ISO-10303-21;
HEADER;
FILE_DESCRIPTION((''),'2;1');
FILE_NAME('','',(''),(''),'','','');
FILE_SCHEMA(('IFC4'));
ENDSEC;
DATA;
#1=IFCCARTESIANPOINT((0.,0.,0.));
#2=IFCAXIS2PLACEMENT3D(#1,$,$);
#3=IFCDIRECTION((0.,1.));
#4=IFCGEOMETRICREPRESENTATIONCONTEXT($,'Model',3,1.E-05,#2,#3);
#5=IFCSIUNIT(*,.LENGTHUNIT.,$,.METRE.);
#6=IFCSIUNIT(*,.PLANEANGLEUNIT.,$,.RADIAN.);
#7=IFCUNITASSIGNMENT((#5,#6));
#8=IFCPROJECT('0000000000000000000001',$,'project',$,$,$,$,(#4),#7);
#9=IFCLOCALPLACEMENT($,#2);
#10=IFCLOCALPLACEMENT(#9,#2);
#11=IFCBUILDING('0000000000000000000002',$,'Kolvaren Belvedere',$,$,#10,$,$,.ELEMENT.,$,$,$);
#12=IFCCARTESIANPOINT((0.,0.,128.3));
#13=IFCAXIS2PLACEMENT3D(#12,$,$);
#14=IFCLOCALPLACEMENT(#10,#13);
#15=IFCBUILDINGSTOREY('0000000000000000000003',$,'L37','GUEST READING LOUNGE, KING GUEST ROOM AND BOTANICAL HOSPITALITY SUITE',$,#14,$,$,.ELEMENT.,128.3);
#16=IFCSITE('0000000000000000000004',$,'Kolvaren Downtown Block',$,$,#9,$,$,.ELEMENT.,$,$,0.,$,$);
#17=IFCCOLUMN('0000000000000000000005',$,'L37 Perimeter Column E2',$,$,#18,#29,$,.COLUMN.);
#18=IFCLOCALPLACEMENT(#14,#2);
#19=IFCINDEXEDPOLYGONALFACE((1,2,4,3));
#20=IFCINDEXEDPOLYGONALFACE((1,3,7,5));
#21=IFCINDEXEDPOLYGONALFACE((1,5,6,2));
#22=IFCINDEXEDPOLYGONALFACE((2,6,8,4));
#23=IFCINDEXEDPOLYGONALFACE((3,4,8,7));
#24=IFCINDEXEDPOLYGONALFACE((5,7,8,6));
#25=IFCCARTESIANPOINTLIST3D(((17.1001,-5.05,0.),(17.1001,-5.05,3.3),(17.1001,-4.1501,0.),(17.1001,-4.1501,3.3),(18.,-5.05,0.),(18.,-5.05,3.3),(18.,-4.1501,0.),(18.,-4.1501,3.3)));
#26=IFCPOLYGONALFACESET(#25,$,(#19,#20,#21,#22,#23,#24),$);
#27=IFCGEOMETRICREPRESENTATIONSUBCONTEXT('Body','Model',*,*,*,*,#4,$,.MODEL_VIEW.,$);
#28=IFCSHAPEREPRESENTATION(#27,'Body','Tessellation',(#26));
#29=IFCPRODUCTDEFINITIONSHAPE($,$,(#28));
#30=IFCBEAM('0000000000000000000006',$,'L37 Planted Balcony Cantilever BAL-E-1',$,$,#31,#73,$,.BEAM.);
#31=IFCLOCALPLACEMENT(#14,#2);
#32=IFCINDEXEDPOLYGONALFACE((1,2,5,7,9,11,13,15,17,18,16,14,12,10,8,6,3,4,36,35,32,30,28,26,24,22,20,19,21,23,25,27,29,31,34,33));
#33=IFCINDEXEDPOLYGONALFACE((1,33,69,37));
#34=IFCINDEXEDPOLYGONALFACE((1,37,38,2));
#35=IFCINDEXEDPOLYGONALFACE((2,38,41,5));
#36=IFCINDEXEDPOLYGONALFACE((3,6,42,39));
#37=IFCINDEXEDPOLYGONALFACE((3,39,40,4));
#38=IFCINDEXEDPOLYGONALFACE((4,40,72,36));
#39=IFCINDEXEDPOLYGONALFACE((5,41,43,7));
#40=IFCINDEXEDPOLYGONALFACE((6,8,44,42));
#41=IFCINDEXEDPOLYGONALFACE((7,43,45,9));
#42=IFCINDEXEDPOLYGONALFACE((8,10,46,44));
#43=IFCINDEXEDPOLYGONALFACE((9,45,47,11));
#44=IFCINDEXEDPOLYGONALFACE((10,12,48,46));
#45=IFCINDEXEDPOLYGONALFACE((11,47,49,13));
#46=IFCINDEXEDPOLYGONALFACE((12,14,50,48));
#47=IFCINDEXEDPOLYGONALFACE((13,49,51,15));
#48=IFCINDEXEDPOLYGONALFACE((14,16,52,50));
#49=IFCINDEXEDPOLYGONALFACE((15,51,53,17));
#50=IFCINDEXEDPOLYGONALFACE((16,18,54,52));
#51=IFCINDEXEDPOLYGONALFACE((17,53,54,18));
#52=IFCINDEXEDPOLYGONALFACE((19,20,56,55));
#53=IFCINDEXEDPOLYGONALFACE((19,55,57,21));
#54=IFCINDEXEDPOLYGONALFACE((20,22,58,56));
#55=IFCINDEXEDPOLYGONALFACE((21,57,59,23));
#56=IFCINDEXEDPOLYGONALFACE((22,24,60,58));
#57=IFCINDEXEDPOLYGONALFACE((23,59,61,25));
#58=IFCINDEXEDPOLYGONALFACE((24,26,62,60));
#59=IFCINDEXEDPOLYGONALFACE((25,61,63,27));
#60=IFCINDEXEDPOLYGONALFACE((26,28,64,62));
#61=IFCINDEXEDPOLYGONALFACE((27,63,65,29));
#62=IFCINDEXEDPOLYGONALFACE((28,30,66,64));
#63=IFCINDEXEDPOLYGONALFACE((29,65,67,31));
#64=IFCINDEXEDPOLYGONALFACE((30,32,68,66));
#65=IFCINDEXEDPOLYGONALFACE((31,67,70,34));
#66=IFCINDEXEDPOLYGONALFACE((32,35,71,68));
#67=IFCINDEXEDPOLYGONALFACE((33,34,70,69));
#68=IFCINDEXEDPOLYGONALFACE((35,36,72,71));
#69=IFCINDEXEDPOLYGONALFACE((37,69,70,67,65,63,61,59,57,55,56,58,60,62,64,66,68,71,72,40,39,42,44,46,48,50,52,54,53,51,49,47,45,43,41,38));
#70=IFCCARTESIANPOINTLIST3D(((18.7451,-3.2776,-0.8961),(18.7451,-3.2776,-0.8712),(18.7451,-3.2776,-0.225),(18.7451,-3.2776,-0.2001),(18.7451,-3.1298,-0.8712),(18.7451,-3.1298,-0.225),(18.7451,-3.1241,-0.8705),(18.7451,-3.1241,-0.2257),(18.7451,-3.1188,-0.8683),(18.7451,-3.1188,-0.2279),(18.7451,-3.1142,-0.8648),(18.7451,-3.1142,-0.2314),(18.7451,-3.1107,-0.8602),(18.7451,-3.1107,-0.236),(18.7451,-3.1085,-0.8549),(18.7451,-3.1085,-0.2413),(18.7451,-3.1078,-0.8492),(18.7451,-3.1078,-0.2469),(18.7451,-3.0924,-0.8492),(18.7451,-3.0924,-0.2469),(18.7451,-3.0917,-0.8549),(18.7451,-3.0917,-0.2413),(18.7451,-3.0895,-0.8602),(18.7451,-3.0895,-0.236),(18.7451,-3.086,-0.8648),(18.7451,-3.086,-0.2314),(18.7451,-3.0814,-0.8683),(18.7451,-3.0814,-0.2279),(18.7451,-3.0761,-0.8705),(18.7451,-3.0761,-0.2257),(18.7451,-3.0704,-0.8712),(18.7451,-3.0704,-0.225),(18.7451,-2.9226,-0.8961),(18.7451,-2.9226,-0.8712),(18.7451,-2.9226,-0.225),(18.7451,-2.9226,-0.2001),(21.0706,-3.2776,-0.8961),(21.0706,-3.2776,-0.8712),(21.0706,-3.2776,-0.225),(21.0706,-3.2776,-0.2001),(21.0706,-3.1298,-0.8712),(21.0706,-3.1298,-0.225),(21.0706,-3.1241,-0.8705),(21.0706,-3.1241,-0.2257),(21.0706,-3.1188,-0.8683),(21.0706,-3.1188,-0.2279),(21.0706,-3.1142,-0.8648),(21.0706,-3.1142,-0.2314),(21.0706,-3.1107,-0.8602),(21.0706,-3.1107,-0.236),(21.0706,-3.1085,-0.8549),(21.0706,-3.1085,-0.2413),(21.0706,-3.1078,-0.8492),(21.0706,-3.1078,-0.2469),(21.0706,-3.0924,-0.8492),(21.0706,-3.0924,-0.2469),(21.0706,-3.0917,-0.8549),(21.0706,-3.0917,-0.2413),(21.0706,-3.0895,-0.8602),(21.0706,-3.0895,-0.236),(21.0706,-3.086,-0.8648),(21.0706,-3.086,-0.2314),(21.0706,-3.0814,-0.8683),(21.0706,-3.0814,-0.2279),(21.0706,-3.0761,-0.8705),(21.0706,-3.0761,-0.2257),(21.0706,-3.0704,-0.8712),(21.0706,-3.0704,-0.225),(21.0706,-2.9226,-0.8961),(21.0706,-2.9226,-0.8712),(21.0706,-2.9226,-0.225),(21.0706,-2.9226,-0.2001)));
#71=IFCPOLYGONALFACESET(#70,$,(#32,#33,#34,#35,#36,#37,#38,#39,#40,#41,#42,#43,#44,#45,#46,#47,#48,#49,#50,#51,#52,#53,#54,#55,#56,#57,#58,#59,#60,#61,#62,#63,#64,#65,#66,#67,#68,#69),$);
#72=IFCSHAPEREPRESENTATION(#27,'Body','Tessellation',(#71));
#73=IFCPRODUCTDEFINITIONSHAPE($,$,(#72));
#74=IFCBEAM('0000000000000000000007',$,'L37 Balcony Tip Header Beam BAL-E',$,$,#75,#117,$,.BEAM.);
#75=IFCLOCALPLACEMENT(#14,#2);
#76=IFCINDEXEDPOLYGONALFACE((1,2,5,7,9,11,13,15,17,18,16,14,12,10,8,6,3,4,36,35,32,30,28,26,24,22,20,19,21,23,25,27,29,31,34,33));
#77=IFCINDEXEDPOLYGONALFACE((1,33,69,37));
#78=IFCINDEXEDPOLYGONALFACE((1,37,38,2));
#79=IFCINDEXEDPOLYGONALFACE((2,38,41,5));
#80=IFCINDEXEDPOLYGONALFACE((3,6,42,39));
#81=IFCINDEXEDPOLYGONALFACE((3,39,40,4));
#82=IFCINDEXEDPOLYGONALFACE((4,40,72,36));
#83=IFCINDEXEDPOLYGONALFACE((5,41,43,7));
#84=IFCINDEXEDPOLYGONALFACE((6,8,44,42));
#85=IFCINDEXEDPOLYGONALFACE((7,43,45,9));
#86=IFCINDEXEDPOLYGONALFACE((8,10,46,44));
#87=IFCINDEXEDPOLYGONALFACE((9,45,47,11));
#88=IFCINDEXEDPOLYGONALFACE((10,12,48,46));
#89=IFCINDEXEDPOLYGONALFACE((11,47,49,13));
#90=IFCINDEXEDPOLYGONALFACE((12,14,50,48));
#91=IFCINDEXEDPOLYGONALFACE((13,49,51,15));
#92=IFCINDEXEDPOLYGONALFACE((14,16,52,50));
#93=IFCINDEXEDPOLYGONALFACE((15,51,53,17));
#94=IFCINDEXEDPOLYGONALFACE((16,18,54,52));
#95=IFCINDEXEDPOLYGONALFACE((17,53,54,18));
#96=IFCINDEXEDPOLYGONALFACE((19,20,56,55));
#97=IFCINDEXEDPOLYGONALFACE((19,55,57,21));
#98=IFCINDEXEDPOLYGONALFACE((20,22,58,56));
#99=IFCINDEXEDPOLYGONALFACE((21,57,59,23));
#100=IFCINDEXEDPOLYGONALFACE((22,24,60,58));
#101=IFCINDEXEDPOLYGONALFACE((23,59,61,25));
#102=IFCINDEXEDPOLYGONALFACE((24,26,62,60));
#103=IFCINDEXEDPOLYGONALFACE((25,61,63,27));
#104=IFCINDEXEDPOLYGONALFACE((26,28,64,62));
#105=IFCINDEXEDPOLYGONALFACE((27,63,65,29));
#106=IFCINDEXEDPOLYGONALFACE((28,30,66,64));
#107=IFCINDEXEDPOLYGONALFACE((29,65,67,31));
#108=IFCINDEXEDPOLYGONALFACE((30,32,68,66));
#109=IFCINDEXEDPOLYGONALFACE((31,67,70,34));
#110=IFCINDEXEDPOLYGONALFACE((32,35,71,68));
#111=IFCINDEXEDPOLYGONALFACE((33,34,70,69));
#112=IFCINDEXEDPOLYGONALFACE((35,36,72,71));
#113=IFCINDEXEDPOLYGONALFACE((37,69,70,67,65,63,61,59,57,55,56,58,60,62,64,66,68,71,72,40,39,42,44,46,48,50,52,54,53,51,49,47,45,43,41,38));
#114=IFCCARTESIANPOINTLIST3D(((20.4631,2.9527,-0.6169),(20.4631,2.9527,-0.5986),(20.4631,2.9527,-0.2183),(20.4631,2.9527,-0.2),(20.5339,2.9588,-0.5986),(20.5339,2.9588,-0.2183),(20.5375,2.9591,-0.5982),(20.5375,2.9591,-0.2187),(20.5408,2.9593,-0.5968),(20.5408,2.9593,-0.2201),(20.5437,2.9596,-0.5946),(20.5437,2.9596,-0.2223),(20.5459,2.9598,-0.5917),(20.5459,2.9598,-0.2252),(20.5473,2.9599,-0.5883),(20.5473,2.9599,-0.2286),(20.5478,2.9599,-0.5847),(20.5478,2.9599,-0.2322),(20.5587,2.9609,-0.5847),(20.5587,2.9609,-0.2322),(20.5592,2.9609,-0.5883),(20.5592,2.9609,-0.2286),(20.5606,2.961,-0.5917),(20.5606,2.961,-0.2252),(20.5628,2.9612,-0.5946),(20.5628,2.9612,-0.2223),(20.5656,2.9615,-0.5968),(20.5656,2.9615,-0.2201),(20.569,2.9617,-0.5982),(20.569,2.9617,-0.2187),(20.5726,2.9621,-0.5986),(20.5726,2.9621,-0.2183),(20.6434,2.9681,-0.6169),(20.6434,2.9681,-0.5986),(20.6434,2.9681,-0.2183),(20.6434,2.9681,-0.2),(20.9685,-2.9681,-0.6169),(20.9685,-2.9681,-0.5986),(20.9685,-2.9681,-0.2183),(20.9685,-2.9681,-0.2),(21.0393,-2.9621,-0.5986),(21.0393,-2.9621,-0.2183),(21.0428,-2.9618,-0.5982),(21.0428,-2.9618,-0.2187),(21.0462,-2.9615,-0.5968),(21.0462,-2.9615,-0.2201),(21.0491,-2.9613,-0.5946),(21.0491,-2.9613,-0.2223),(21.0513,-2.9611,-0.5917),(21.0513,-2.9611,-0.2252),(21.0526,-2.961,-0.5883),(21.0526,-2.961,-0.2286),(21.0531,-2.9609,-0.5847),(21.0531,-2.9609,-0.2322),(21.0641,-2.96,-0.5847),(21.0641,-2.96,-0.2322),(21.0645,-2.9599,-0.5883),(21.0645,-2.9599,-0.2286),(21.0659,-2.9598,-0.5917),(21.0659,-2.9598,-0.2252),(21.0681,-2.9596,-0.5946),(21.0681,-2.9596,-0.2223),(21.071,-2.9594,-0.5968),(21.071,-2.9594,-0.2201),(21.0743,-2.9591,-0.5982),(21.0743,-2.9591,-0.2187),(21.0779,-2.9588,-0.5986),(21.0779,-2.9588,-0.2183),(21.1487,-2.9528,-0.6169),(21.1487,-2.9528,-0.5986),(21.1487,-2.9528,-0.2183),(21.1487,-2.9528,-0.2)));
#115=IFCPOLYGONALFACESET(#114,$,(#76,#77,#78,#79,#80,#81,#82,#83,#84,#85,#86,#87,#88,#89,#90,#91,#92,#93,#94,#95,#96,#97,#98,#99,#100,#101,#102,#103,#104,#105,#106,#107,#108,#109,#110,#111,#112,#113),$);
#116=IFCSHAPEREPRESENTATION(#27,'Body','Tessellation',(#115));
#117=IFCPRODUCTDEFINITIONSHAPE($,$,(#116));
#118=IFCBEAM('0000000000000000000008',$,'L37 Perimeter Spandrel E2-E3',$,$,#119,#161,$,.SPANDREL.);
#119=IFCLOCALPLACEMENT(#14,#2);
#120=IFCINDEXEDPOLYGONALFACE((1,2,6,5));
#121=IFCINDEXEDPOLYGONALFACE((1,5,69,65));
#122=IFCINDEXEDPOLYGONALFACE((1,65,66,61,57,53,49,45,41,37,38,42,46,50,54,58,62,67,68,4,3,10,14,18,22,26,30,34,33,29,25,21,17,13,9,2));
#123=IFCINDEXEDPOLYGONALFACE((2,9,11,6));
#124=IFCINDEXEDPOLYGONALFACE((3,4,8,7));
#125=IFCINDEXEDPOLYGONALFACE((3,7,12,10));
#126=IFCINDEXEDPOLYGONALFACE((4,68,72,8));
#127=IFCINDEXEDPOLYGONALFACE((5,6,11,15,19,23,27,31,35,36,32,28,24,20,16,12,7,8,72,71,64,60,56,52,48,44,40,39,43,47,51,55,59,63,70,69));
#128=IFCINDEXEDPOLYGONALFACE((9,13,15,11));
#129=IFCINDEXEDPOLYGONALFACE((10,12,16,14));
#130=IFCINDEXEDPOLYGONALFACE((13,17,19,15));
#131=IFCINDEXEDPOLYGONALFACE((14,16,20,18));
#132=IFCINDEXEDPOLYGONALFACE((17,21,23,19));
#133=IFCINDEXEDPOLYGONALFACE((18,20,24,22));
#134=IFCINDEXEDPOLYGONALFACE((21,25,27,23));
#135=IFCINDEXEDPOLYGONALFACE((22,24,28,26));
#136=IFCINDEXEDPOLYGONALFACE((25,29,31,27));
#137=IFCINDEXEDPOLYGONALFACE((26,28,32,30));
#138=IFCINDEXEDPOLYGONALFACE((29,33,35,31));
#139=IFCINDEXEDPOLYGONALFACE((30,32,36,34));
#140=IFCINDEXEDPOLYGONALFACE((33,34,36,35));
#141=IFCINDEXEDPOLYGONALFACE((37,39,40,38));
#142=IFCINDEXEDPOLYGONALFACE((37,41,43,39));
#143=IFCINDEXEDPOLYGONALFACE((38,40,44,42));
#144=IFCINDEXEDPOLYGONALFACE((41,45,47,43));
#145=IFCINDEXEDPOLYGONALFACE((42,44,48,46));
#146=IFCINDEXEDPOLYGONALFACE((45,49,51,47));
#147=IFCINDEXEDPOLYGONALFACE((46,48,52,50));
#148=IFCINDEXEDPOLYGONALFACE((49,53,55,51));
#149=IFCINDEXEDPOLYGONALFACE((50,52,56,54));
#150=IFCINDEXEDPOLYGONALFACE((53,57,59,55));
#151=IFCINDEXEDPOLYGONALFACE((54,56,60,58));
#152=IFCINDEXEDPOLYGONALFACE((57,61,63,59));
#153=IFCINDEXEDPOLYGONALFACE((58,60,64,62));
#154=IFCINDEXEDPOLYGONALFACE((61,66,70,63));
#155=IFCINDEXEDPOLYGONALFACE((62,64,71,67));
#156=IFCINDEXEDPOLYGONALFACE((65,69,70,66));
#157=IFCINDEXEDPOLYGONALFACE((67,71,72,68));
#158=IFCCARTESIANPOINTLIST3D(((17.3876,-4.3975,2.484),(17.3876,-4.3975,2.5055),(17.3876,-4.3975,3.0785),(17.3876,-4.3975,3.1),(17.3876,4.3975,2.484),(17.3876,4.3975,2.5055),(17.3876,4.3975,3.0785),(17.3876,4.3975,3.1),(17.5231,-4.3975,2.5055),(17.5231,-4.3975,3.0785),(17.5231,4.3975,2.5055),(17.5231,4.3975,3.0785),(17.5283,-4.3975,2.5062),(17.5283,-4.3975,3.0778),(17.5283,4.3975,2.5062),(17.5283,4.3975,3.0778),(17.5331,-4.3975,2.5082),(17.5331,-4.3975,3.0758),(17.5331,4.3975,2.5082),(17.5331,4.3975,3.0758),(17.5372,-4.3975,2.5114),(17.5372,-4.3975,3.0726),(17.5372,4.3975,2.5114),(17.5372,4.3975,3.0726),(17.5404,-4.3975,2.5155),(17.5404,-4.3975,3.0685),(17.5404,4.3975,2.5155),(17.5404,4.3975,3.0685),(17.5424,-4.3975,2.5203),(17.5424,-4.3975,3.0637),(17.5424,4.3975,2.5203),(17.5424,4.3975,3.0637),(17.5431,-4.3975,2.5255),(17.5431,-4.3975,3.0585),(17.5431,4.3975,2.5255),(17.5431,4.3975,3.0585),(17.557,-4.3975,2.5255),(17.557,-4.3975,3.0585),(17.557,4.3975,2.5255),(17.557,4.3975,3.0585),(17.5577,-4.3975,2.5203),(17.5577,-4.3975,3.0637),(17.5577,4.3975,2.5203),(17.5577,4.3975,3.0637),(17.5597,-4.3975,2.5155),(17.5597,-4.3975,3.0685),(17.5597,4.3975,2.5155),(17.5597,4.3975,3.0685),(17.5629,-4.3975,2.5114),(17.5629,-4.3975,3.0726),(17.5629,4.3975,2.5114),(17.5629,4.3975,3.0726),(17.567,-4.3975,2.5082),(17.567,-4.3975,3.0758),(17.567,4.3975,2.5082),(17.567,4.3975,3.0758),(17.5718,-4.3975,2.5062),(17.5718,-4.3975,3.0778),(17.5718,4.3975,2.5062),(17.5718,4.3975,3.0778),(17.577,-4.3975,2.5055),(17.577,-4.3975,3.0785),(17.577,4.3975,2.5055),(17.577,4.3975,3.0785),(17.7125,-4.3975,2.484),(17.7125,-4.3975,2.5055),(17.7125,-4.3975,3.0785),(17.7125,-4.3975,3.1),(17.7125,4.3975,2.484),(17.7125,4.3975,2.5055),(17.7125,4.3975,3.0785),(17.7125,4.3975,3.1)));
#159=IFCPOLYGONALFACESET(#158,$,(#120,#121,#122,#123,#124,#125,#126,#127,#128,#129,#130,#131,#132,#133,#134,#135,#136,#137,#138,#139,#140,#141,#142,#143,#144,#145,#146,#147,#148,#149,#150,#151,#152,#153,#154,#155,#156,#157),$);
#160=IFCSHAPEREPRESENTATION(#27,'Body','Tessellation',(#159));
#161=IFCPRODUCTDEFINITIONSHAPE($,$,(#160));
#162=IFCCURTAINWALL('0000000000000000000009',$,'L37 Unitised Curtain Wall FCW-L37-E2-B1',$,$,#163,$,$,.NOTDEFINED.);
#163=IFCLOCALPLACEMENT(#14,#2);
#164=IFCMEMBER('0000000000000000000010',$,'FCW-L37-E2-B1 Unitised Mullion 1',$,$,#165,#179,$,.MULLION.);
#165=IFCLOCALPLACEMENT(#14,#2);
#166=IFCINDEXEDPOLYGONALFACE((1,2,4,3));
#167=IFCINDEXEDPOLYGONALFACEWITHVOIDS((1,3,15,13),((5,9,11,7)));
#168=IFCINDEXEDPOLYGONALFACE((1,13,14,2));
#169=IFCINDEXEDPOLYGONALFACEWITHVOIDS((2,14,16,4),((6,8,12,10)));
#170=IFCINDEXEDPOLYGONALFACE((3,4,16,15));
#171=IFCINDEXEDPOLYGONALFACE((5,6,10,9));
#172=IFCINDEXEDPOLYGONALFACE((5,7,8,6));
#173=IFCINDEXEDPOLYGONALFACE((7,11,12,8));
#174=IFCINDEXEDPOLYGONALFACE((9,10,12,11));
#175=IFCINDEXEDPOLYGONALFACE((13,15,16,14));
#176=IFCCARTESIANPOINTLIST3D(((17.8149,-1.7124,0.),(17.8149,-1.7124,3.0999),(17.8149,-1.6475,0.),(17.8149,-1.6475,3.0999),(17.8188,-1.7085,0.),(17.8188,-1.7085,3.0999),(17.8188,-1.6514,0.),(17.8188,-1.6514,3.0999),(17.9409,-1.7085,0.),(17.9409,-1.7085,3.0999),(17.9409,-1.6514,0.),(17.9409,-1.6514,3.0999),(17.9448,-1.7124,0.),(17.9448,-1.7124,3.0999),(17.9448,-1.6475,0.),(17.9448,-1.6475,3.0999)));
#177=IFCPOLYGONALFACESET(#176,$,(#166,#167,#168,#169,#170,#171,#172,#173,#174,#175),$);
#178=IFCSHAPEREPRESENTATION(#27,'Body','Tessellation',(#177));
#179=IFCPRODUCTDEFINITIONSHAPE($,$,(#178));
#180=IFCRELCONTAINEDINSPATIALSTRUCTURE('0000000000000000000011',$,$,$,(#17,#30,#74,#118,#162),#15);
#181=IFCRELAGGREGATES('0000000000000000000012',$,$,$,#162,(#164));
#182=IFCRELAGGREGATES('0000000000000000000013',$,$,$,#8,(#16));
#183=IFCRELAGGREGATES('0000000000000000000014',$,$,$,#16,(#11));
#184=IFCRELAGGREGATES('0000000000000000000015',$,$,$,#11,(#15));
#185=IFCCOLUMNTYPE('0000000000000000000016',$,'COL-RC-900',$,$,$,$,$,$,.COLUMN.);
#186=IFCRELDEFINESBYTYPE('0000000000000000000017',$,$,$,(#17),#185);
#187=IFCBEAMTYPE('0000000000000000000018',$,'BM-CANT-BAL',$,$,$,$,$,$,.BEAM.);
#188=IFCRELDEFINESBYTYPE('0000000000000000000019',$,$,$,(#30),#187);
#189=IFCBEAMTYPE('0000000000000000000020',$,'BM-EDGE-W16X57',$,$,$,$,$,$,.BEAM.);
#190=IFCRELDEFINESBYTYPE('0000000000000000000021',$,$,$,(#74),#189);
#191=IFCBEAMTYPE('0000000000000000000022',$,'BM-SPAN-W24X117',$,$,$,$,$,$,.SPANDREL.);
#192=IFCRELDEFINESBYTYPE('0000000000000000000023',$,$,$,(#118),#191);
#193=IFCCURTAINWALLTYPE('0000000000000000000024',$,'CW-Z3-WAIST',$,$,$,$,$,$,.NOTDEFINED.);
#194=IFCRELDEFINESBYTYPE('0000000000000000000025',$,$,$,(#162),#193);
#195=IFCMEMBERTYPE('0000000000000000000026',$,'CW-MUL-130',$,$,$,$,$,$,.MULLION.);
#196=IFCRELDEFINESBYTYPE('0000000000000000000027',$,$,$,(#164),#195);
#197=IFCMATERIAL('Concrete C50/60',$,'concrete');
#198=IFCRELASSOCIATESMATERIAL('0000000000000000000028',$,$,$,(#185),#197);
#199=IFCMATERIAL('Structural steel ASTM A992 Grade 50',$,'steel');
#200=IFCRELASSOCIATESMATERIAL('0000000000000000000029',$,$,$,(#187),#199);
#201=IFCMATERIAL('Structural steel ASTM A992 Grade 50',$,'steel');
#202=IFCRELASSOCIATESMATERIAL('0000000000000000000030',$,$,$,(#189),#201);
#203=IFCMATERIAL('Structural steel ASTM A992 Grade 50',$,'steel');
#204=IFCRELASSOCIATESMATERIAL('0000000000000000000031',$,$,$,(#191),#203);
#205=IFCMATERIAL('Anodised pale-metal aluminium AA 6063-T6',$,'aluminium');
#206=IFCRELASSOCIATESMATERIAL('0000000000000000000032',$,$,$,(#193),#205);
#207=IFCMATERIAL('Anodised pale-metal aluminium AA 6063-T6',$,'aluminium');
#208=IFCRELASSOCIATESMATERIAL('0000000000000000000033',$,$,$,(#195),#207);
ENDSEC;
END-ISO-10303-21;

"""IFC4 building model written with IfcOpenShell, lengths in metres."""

from ifc_helpers import new_model, si_unit, direction, frame, origin, origin_2d, place, context, subcontext, project, spatial, rectangle, hollow_rectangle, i_section, extrude, material, material_profile, profile_set, type_object, element, aggregate, save


model = new_model("IFC4")

# Units and contexts
model_context = context("Model", 3, precision=1e-05, world=origin(), true_north=direction((0.0, 1.0)))
body_context = subcontext(model_context, "Body", "Model", "MODEL_VIEW")
ifc_project = project(units=[si_unit("LENGTHUNIT", "METRE"), si_unit("PLANEANGLEUNIT", "RADIAN")], contexts=[model_context])

# Site, building, storey
site_placement = place(None, origin())
site = spatial("IfcSite", under=ifc_project, at=site_placement, Name="Kolvaren Downtown Block", CompositionType="ELEMENT", RefElevation=0.0)
building_placement = place(site_placement, origin())
building = spatial("IfcBuilding", under=site, at=building_placement, Name="Kolvaren Belvedere", CompositionType="ELEMENT")
storey_placement = place(building_placement, frame((0.0, 0.0, 128.3)))
storey = spatial("IfcBuildingStorey", under=building, at=storey_placement, Name="L37", Description="GUEST READING LOUNGE, KING GUEST ROOM AND BOTANICAL HOSPITALITY SUITE", CompositionType="ELEMENT", Elevation=128.3)

# Column
ifc_material_1 = material(Name="Concrete C50/60", Category="concrete")
ifc_material_profile_1 = material_profile(ifc_material_1, rectangle(XDim=0.8999, YDim=0.8999, at=origin_2d()), Name="RC 900X900")
ifc_profile_set_1 = profile_set([ifc_material_profile_1], Name="Concrete C50/60")
column_type = type_object("IfcColumnType", Name="COL-RC-900", PredefinedType="COLUMN", material=ifc_profile_set_1)
column_placement = place(storey_placement, frame((17.55, -4.6001, 0.0), z_axis=(0.0, 0.0, 1.0), x_axis=(1.0, 0.0, 0.0)))
element("IfcColumn", 1, at=column_placement, inside=storey, type_object=column_type, Name="L37 Perimeter Column E2", PredefinedType="COLUMN", context=body_context, shape_type="SweptSolid", body=[
    extrude(rectangle(XDim=0.8999, YDim=0.8999, at=origin_2d()), origin(), (0.0, 0.0, 1.0), 3.3),
])

# Beams
ifc_material_2 = material(Name="Structural steel ASTM A992 Grade 50", Category="steel")
ifc_material_profile_2 = material_profile(ifc_material_2, i_section(OverallWidth=0.355, OverallDepth=0.696, WebThickness=0.0154, FlangeThickness=0.0249, FilletRadius=0.022, at=origin_2d()), Name="W27X146")
ifc_profile_set_2 = profile_set([ifc_material_profile_2], Name="Structural steel ASTM A992 Grade 50")
beam_type_1 = type_object("IfcBeamType", Name="BM-CANT-BAL", PredefinedType="BEAM", material=ifc_profile_set_2)
beam_1_placement = place(storey_placement, frame((18.7451, -3.1001, -0.5481), z_axis=(1.0, 0.0, 0.0), x_axis=(0.0, 1.0, 0.0)))
element("IfcBeam", 2, at=beam_1_placement, inside=storey, type_object=beam_type_1, Name="L37 Planted Balcony Cantilever BAL-E-1", PredefinedType="BEAM", context=body_context, shape_type="SweptSolid", body=[
    extrude(i_section(OverallWidth=0.355, OverallDepth=0.696, WebThickness=0.0154, FlangeThickness=0.0249, FilletRadius=0.022, at=origin_2d()), origin(), (0.0, 0.0, 1.0), 2.3254),
])
ifc_material_3 = material(Name="Structural steel ASTM A992 Grade 50", Category="steel")
ifc_material_profile_3 = material_profile(ifc_material_3, i_section(OverallWidth=0.1809, OverallDepth=0.417, WebThickness=0.011, FlangeThickness=0.0183, FilletRadius=0.0139, at=origin_2d()), Name="W16X57")
ifc_profile_set_3 = profile_set([ifc_material_profile_3], Name="Structural steel ASTM A992 Grade 50")
beam_type_2 = type_object("IfcBeamType", Name="BM-EDGE-W16X57", PredefinedType="BEAM", material=ifc_profile_set_3)
beam_2_placement = place(storey_placement, frame((21.0586, -2.9604, -0.4084), z_axis=(-0.085045, 0.996377, 0.0), x_axis=(-0.996377, -0.085045, 0.0)))
element("IfcBeam", 3, at=beam_2_placement, inside=storey, type_object=beam_type_2, Name="L37 Balcony Tip Header Beam BAL-E", PredefinedType="BEAM", context=body_context, shape_type="SweptSolid", body=[
    extrude(i_section(OverallWidth=0.1809, OverallDepth=0.417, WebThickness=0.011, FlangeThickness=0.0183, FilletRadius=0.0139, at=origin_2d()), origin(), (0.0, 0.0, 1.0), 5.9424),
])
ifc_material_4 = material(Name="Structural steel ASTM A992 Grade 50", Category="steel")
ifc_material_profile_4 = material_profile(ifc_material_4, i_section(OverallWidth=0.325, OverallDepth=0.616, WebThickness=0.0139, FlangeThickness=0.0215, FilletRadius=0.02, at=origin_2d()), Name="W24X117")
ifc_profile_set_4 = profile_set([ifc_material_profile_4], Name="Structural steel ASTM A992 Grade 50")
beam_type_3 = type_object("IfcBeamType", Name="BM-SPAN-W24X117", PredefinedType="SPANDREL", material=ifc_profile_set_4)
beam_3_placement = place(storey_placement, frame((17.55, -4.3975, 2.792), z_axis=(0.0, 1.0, 0.0), x_axis=(-1.0, 0.0, 0.0)))
element("IfcBeam", 4, at=beam_3_placement, inside=storey, type_object=beam_type_3, Name="L37 Perimeter Spandrel E2-E3", PredefinedType="SPANDREL", context=body_context, shape_type="SweptSolid", body=[
    extrude(i_section(OverallWidth=0.325, OverallDepth=0.616, WebThickness=0.0139, FlangeThickness=0.0215, FilletRadius=0.02, at=origin_2d()), origin(), (0.0, 0.0, 1.0), 8.7949),
])

# Curtain wall, member
ifc_material_5 = material(Name="Anodised pale-metal aluminium AA 6063-T6", Category="aluminium")
curtain_wall_type = type_object("IfcCurtainWallType", Name="CW-Z3-WAIST", PredefinedType="NOTDEFINED", material=ifc_material_5)
curtain_wall_1_placement = place(storey_placement, origin())
curtain_wall_1 = element("IfcCurtainWall", 5, at=curtain_wall_1_placement, inside=storey, type_object=curtain_wall_type, Name="L37 Unitised Curtain Wall FCW-L37-E2-B1", PredefinedType="NOTDEFINED")
ifc_material_6 = material(Name="Anodised pale-metal aluminium AA 6063-T6", Category="aluminium")
ifc_material_profile_5 = material_profile(ifc_material_6, hollow_rectangle(XDim=0.0649, YDim=0.1299, WallThickness=0.0039, at=origin_2d()), Name="ALU-MUL-130X65")
ifc_profile_set_5 = profile_set([ifc_material_profile_5], Name="Anodised pale-metal aluminium AA 6063-T6")
member_type_1 = type_object("IfcMemberType", Name="CW-MUL-130", PredefinedType="MULLION", material=ifc_profile_set_5)
member_1_placement = place(storey_placement, frame((17.8799, -1.6799, 0.0), z_axis=(0.0, 0.0, 1.0), x_axis=(0.0, 1.0, 0.0)))
member_1 = element("IfcMember", 6, at=member_1_placement, type_object=member_type_1, Name="FCW-L37-E2-B1 Unitised Mullion 1", PredefinedType="MULLION", context=body_context, shape_type="SweptSolid", body=[
    extrude(hollow_rectangle(XDim=0.0649, YDim=0.1299, WallThickness=0.0039, at=origin_2d()), origin(), (0.0, 0.0, 1.0), 3.0999),
])

aggregate(curtain_wall_1, [member_1])

save(model, "model.ifc")
